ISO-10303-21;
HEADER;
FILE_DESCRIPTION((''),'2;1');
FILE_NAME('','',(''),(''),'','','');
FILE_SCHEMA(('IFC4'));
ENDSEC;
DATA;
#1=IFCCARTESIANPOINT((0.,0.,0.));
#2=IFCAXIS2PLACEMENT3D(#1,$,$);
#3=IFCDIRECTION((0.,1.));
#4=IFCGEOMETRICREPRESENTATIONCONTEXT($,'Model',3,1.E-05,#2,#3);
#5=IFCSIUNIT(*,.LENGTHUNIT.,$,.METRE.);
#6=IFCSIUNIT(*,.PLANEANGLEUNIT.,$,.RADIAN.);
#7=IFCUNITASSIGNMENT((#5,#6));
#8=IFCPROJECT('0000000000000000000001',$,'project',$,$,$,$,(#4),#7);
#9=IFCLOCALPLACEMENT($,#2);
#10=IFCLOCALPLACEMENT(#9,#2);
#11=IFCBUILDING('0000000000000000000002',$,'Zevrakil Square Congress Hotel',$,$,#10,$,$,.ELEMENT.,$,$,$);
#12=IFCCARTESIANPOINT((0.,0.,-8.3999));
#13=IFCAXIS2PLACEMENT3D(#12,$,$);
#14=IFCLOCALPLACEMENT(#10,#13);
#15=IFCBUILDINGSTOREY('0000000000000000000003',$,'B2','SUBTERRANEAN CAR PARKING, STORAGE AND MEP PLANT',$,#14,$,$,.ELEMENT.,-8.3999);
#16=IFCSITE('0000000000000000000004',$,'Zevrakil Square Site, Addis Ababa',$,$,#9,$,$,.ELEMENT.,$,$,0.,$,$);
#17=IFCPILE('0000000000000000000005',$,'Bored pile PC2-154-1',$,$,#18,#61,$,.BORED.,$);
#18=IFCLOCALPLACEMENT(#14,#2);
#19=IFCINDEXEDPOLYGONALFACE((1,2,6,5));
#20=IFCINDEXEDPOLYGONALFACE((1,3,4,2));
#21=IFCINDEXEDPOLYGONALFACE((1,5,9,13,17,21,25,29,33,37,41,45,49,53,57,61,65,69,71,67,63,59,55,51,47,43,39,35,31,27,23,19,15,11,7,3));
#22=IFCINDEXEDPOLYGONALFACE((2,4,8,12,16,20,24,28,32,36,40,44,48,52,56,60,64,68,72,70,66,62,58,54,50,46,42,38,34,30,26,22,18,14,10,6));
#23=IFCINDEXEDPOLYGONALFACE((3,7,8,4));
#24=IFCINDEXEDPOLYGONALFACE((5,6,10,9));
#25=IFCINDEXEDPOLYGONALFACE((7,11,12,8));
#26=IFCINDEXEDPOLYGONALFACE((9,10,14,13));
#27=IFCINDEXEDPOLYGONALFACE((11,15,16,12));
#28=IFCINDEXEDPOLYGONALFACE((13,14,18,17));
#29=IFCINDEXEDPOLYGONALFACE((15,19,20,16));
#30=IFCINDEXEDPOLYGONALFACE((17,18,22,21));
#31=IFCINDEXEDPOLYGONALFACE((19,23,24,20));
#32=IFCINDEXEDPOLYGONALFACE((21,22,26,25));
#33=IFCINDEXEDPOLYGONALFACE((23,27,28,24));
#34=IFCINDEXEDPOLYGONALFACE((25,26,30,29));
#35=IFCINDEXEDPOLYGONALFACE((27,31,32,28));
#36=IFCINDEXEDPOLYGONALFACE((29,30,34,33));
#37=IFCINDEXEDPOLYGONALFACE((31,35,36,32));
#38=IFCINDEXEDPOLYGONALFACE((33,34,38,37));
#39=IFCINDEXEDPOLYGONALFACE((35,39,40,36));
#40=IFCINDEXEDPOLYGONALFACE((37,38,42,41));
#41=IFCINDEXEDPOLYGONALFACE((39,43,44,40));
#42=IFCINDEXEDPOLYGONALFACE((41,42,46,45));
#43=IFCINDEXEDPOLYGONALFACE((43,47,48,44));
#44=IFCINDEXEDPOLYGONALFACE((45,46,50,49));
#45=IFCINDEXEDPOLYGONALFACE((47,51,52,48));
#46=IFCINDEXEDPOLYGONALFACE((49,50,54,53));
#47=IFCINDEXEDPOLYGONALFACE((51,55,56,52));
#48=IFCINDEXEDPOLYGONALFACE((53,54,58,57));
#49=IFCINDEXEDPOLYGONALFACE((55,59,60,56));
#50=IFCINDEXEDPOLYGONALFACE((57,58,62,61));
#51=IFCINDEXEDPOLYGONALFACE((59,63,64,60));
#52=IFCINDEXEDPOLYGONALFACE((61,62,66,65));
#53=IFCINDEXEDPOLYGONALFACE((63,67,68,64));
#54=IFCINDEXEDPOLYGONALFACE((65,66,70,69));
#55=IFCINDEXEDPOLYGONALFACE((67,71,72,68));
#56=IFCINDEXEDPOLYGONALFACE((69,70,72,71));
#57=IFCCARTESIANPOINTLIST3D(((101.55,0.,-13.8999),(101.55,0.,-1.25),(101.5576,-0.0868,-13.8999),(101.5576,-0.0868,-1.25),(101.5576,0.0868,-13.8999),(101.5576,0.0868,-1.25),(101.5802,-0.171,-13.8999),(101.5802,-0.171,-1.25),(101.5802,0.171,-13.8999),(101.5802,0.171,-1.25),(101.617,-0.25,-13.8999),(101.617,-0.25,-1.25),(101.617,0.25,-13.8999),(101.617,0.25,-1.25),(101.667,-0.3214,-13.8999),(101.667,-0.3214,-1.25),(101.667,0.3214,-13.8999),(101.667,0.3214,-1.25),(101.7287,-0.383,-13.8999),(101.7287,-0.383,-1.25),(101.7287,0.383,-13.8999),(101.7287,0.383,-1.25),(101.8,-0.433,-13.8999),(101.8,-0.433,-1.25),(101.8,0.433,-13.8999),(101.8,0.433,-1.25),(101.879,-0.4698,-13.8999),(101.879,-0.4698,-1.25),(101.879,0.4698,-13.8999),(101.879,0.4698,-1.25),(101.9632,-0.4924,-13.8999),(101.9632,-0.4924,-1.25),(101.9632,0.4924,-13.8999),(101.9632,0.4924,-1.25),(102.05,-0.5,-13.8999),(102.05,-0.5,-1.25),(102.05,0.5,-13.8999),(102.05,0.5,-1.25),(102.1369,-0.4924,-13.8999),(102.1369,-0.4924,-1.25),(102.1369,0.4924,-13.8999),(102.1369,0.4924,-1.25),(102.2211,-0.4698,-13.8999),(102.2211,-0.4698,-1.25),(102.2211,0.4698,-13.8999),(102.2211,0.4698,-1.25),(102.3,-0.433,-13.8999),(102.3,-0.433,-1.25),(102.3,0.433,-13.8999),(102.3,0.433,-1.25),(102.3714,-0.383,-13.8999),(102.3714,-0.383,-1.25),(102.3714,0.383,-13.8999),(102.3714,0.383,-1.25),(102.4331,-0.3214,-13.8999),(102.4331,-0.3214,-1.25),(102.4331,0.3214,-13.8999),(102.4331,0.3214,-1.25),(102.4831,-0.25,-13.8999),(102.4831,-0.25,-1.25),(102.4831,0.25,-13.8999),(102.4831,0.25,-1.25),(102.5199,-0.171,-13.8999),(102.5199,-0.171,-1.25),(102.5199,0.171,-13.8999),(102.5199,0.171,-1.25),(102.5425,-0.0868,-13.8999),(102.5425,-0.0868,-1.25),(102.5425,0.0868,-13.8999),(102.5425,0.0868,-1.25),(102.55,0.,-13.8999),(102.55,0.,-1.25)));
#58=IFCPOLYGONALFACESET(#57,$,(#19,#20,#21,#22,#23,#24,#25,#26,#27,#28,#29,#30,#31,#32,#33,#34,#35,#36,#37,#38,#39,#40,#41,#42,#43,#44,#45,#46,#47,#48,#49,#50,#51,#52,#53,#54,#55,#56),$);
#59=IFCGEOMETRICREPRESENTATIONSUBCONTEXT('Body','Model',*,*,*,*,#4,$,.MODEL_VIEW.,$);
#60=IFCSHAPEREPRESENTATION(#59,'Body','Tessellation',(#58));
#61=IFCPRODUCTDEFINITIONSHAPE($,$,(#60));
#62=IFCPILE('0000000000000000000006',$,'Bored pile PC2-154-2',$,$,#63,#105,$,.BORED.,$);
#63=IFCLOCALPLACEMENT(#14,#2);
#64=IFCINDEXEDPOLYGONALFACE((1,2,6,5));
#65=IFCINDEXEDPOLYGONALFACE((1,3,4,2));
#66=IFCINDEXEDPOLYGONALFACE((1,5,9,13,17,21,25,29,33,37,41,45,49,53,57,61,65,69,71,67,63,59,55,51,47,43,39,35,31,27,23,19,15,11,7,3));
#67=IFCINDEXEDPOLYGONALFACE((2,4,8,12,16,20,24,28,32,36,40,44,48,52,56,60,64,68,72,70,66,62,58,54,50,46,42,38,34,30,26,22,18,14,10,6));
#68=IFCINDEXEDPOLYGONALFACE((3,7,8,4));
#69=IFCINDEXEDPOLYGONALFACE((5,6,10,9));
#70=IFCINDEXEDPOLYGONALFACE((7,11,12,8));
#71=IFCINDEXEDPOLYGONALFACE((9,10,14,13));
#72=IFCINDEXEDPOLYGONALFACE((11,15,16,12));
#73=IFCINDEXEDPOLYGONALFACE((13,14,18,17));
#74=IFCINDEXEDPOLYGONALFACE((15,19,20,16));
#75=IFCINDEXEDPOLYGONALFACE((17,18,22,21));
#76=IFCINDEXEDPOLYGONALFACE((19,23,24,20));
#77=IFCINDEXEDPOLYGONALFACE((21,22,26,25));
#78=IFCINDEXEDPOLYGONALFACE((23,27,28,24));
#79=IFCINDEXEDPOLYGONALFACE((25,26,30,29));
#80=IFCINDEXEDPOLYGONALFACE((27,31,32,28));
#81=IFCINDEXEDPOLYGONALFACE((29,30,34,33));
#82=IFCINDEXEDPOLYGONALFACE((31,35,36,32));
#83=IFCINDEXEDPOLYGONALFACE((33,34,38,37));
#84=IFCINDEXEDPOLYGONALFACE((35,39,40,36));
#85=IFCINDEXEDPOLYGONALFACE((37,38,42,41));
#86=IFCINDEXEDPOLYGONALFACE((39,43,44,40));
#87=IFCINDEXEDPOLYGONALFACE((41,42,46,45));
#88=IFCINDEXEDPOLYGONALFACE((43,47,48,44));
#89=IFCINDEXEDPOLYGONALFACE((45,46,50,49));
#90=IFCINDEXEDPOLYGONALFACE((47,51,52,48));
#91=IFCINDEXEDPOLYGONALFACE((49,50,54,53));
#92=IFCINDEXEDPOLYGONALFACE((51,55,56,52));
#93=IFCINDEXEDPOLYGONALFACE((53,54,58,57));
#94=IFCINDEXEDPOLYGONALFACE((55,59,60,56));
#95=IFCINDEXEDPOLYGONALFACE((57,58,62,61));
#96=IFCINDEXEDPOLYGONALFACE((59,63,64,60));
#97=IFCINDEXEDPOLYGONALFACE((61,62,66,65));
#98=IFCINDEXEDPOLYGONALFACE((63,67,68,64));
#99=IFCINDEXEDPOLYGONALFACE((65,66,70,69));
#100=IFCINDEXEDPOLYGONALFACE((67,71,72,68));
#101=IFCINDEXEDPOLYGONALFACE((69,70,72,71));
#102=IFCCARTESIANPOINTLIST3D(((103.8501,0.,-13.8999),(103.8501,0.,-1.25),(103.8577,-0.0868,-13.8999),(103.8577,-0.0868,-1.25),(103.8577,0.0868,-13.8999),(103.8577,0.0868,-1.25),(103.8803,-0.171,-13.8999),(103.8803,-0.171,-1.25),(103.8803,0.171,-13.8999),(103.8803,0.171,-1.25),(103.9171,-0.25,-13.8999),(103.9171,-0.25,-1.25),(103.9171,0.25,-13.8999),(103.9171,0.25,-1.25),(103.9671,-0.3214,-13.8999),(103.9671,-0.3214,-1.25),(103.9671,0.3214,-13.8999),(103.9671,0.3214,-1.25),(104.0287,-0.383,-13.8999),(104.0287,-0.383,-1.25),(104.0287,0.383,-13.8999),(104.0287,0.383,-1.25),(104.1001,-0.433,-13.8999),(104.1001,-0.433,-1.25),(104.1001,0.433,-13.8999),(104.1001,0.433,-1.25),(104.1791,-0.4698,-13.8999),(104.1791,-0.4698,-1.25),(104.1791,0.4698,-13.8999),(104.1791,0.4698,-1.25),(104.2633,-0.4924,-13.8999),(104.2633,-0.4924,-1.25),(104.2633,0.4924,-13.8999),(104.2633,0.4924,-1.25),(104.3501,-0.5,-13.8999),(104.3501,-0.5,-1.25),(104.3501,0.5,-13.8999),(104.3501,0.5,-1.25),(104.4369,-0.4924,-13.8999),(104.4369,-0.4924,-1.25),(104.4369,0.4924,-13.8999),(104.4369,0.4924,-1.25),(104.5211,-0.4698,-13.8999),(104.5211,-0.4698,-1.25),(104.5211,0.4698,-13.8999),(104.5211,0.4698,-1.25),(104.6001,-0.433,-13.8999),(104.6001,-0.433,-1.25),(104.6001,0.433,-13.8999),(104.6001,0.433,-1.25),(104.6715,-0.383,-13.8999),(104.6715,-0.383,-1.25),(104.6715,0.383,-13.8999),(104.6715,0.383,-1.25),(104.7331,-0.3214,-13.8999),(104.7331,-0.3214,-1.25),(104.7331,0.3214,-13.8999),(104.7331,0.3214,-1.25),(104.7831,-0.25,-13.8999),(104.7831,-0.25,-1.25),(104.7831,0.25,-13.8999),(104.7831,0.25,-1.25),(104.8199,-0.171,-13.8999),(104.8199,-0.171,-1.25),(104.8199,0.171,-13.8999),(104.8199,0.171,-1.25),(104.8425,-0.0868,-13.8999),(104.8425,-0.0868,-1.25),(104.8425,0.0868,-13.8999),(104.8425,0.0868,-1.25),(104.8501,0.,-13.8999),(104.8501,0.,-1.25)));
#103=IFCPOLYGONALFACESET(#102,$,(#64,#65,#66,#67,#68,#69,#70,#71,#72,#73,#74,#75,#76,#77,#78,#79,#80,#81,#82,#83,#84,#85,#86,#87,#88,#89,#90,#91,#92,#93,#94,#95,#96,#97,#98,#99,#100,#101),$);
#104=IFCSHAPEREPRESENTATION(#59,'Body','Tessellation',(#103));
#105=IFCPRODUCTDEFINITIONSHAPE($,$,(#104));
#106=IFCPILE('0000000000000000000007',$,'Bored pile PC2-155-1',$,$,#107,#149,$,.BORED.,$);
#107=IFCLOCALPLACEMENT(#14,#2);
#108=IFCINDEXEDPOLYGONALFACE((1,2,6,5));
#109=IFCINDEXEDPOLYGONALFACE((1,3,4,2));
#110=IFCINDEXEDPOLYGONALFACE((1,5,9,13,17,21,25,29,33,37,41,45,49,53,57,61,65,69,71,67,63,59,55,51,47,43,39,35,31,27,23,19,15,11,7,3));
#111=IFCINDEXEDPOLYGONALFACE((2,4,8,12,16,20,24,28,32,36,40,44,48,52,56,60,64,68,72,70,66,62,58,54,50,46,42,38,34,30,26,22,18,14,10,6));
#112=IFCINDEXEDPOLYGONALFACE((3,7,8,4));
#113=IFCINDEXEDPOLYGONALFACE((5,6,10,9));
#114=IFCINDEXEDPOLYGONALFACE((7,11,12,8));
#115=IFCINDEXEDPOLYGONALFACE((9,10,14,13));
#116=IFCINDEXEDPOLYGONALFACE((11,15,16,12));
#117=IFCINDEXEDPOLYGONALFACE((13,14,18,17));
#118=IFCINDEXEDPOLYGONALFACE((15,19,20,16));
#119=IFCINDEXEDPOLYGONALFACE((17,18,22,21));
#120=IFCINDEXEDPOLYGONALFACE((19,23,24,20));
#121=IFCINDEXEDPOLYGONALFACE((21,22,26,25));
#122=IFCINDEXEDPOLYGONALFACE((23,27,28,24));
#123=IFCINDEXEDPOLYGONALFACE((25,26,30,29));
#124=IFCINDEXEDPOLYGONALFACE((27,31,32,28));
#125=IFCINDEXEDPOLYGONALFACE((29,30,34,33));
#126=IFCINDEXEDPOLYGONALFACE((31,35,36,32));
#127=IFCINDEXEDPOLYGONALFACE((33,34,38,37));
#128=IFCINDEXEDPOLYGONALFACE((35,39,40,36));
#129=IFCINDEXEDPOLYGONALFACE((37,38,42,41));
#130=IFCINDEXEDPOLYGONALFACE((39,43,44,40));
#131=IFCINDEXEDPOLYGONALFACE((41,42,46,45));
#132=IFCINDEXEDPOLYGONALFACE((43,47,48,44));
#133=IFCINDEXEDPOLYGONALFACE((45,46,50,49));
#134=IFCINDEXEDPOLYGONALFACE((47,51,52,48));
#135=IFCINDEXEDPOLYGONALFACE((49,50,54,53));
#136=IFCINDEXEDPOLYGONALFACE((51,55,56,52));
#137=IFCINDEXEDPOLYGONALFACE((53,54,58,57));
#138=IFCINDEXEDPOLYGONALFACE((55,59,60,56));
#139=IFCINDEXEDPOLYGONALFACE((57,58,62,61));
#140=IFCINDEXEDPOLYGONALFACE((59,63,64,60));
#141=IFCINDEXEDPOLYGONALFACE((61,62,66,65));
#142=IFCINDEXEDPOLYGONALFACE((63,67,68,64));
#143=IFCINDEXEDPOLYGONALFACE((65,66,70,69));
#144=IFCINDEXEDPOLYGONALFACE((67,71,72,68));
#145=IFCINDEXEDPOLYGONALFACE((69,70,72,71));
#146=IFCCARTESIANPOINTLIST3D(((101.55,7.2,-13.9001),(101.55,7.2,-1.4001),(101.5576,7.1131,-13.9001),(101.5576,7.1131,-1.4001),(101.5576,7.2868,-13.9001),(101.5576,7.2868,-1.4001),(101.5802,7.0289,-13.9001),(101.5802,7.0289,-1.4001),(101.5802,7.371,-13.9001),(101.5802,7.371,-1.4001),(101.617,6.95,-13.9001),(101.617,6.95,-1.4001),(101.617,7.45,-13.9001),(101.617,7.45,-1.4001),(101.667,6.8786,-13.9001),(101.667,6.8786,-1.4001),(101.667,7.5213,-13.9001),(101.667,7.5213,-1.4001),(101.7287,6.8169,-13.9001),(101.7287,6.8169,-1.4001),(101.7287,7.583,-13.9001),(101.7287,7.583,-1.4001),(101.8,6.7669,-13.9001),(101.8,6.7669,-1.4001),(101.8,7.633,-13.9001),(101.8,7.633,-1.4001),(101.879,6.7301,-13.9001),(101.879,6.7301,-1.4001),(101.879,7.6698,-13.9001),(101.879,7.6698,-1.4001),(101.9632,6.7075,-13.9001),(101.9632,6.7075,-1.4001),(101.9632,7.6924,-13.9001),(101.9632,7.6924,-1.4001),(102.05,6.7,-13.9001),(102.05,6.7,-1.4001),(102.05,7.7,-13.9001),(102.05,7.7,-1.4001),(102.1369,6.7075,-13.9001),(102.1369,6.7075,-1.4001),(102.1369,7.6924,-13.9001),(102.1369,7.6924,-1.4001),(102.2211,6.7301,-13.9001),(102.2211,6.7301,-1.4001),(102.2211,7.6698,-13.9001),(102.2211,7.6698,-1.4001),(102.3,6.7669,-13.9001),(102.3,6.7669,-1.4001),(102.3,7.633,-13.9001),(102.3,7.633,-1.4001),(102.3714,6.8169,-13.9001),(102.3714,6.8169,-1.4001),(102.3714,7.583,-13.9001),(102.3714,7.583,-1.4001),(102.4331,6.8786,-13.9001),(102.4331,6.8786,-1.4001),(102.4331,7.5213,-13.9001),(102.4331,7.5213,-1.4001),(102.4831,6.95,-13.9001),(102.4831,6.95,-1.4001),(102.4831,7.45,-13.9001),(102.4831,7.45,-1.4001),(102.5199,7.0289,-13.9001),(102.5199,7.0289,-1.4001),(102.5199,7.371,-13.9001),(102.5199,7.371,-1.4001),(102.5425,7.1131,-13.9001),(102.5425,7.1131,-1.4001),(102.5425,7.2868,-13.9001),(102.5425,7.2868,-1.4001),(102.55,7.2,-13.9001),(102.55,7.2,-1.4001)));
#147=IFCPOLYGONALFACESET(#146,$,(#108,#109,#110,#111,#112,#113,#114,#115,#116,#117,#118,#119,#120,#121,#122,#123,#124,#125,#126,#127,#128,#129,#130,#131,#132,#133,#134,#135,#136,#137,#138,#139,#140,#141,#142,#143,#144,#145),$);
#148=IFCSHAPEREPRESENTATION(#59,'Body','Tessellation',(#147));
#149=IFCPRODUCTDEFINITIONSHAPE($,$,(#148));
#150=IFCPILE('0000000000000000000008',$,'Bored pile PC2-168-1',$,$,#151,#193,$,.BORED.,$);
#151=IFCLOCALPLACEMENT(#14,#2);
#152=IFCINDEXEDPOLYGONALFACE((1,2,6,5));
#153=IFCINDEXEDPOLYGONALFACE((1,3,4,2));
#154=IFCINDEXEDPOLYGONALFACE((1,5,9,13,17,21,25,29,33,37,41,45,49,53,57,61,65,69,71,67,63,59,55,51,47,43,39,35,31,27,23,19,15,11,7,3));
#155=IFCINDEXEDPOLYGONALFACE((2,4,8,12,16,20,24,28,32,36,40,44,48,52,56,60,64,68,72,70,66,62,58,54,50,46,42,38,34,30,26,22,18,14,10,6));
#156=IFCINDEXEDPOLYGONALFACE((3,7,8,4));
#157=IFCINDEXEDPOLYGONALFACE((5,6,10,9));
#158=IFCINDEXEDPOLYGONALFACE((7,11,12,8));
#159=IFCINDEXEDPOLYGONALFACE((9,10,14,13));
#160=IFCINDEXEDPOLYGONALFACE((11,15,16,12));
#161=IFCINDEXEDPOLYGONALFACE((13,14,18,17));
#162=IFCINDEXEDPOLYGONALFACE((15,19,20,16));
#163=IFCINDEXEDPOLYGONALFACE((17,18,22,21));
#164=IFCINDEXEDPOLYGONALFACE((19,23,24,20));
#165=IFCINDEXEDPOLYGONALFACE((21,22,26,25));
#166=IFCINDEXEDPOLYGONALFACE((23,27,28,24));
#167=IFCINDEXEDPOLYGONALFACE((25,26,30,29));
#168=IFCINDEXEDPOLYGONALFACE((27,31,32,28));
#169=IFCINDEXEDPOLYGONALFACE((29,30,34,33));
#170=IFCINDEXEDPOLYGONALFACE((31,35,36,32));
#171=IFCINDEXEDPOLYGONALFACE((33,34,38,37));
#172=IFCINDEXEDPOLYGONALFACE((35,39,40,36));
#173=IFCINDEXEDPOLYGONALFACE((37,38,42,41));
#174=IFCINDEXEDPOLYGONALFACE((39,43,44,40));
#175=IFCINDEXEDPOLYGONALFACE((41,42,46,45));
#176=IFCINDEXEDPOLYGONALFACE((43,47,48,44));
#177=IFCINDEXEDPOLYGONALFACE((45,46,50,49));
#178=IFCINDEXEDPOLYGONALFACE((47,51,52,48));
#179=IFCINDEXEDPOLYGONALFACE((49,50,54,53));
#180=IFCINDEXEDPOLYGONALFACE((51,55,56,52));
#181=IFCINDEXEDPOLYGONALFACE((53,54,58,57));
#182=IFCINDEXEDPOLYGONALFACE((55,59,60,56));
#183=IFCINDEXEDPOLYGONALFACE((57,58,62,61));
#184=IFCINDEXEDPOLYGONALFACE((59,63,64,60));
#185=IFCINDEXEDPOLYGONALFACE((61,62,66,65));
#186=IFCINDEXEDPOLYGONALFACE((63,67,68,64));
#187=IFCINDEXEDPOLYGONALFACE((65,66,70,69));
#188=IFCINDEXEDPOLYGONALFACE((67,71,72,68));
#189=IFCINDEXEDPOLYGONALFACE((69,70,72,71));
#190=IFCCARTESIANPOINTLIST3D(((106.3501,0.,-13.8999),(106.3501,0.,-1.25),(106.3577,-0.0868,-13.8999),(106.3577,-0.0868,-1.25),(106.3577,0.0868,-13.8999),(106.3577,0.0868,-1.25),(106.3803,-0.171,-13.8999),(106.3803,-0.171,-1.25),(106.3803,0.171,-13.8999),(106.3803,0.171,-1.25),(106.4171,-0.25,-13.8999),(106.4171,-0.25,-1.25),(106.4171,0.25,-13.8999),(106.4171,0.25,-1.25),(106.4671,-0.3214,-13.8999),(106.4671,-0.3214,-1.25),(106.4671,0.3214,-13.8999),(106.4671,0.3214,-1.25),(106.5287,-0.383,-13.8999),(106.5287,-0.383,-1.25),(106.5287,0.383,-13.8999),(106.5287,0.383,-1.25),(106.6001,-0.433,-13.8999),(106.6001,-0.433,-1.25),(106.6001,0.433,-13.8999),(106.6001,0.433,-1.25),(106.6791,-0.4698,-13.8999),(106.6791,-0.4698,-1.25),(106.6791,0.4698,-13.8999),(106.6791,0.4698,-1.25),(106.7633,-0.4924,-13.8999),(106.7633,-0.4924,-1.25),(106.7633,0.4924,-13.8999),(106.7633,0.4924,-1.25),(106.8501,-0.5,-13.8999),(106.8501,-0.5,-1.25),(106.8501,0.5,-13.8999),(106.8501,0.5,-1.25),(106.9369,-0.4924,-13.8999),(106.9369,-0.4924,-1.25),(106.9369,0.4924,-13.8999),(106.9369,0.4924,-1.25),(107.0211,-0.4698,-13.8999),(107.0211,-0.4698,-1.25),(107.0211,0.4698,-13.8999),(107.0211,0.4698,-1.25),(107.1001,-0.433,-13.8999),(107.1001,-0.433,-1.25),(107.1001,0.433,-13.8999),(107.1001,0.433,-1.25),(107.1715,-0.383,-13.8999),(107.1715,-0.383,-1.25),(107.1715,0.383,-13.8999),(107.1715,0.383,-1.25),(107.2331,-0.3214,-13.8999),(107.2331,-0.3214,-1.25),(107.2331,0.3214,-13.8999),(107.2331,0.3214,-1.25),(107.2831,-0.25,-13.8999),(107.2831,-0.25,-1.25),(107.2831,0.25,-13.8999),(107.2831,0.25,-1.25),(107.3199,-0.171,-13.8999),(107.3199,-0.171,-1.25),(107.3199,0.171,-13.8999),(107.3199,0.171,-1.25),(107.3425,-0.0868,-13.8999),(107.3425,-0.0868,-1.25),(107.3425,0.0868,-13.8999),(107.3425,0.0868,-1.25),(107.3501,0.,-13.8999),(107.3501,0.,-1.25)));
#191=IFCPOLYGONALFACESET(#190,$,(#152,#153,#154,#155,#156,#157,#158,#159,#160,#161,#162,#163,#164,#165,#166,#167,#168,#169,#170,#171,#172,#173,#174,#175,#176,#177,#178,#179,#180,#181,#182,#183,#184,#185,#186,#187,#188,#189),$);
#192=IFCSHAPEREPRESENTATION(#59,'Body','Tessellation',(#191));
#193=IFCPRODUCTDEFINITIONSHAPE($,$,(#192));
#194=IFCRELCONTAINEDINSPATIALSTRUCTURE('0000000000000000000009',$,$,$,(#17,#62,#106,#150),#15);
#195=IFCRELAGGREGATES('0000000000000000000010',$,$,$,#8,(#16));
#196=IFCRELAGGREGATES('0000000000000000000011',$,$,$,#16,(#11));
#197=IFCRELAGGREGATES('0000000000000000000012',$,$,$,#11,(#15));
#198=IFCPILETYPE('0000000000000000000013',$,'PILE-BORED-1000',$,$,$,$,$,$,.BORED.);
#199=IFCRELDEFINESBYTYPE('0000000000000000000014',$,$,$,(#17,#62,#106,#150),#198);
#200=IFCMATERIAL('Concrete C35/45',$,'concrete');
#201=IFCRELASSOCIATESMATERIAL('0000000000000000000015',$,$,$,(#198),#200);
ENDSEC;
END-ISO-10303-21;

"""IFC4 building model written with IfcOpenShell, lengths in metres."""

from ifc_helpers import new_model, si_unit, direction, frame, origin, origin_2d, place, context, subcontext, project, spatial, circle, extrude, material, material_profile, profile_set, type_object, element, save


model = new_model("IFC4")

# Units and contexts
model_context = context("Model", 3, precision=1e-05, world=origin(), true_north=direction((0.0, 1.0)))
body_context = subcontext(model_context, "Body", "Model", "MODEL_VIEW")
ifc_project = project(units=[si_unit("LENGTHUNIT", "METRE"), si_unit("PLANEANGLEUNIT", "RADIAN")], contexts=[model_context])

# Site, building, storey
site_placement = place(None, origin())
site = spatial("IfcSite", under=ifc_project, at=site_placement, Name="Zevrakil Square Site, Addis Ababa", CompositionType="ELEMENT", RefElevation=0.0)
building_placement = place(site_placement, origin())
building = spatial("IfcBuilding", under=site, at=building_placement, Name="Zevrakil Square Congress Hotel", CompositionType="ELEMENT")
storey_placement = place(building_placement, frame((0.0, 0.0, -8.3999)))
storey = spatial("IfcBuildingStorey", under=building, at=storey_placement, Name="B2", Description="SUBTERRANEAN CAR PARKING, STORAGE AND MEP PLANT", CompositionType="ELEMENT", Elevation=-8.3999)

# Piles
ifc_material_1 = material(Name="Concrete C35/45", Category="concrete")
ifc_material_profile_1 = material_profile(ifc_material_1, circle(Radius=0.5, at=origin_2d()), Name="PILE D1000")
ifc_profile_set_1 = profile_set([ifc_material_profile_1], Name="Concrete C35/45")
pile_type = type_object("IfcPileType", Name="PILE-BORED-1000", PredefinedType="BORED", material=ifc_profile_set_1)
for number, where, z_axis, x_axis, name in (
    (1, (102.05, 0.0, -1.25), (0.0, 0.0, -1.0), (1.0, 0.0, 0.0), "Bored pile PC2-154-1"),
    (2, (104.3501, 0.0, -1.25), (0.0, 0.0, -1.0), (1.0, 0.0, 0.0), "Bored pile PC2-154-2"),
):
    element("IfcPile", number, at=place(storey_placement, frame(where, z_axis=z_axis, x_axis=x_axis)), inside=storey, type_object=pile_type, Name=name, PredefinedType="BORED", context=body_context, shape_type="SweptSolid", body=[
        extrude(circle(Radius=0.5, at=origin_2d()), origin(), (0.0, 0.0, 1.0), 12.6499),
    ])
pile_placement = place(storey_placement, frame((102.05, 7.2, -1.4001), z_axis=(0.0, 0.0, -1.0), x_axis=(1.0, 0.0, 0.0)))
element("IfcPile", 3, at=pile_placement, inside=storey, type_object=pile_type, Name="Bored pile PC2-155-1", PredefinedType="BORED", context=body_context, shape_type="SweptSolid", body=[
    extrude(circle(Radius=0.5, at=origin_2d()), origin(), (0.0, 0.0, 1.0), 12.5),
])
for number, where, z_axis, x_axis, name in (
    (4, (106.8501, 0.0, -1.25), (0.0, 0.0, -1.0), (1.0, 0.0, 0.0), "Bored pile PC2-168-1"),
):
    element("IfcPile", number, at=place(storey_placement, frame(where, z_axis=z_axis, x_axis=x_axis)), inside=storey, type_object=pile_type, Name=name, PredefinedType="BORED", context=body_context, shape_type="SweptSolid", body=[
        extrude(circle(Radius=0.5, at=origin_2d()), origin(), (0.0, 0.0, 1.0), 12.6499),
    ])

save(model, "model.ifc")
